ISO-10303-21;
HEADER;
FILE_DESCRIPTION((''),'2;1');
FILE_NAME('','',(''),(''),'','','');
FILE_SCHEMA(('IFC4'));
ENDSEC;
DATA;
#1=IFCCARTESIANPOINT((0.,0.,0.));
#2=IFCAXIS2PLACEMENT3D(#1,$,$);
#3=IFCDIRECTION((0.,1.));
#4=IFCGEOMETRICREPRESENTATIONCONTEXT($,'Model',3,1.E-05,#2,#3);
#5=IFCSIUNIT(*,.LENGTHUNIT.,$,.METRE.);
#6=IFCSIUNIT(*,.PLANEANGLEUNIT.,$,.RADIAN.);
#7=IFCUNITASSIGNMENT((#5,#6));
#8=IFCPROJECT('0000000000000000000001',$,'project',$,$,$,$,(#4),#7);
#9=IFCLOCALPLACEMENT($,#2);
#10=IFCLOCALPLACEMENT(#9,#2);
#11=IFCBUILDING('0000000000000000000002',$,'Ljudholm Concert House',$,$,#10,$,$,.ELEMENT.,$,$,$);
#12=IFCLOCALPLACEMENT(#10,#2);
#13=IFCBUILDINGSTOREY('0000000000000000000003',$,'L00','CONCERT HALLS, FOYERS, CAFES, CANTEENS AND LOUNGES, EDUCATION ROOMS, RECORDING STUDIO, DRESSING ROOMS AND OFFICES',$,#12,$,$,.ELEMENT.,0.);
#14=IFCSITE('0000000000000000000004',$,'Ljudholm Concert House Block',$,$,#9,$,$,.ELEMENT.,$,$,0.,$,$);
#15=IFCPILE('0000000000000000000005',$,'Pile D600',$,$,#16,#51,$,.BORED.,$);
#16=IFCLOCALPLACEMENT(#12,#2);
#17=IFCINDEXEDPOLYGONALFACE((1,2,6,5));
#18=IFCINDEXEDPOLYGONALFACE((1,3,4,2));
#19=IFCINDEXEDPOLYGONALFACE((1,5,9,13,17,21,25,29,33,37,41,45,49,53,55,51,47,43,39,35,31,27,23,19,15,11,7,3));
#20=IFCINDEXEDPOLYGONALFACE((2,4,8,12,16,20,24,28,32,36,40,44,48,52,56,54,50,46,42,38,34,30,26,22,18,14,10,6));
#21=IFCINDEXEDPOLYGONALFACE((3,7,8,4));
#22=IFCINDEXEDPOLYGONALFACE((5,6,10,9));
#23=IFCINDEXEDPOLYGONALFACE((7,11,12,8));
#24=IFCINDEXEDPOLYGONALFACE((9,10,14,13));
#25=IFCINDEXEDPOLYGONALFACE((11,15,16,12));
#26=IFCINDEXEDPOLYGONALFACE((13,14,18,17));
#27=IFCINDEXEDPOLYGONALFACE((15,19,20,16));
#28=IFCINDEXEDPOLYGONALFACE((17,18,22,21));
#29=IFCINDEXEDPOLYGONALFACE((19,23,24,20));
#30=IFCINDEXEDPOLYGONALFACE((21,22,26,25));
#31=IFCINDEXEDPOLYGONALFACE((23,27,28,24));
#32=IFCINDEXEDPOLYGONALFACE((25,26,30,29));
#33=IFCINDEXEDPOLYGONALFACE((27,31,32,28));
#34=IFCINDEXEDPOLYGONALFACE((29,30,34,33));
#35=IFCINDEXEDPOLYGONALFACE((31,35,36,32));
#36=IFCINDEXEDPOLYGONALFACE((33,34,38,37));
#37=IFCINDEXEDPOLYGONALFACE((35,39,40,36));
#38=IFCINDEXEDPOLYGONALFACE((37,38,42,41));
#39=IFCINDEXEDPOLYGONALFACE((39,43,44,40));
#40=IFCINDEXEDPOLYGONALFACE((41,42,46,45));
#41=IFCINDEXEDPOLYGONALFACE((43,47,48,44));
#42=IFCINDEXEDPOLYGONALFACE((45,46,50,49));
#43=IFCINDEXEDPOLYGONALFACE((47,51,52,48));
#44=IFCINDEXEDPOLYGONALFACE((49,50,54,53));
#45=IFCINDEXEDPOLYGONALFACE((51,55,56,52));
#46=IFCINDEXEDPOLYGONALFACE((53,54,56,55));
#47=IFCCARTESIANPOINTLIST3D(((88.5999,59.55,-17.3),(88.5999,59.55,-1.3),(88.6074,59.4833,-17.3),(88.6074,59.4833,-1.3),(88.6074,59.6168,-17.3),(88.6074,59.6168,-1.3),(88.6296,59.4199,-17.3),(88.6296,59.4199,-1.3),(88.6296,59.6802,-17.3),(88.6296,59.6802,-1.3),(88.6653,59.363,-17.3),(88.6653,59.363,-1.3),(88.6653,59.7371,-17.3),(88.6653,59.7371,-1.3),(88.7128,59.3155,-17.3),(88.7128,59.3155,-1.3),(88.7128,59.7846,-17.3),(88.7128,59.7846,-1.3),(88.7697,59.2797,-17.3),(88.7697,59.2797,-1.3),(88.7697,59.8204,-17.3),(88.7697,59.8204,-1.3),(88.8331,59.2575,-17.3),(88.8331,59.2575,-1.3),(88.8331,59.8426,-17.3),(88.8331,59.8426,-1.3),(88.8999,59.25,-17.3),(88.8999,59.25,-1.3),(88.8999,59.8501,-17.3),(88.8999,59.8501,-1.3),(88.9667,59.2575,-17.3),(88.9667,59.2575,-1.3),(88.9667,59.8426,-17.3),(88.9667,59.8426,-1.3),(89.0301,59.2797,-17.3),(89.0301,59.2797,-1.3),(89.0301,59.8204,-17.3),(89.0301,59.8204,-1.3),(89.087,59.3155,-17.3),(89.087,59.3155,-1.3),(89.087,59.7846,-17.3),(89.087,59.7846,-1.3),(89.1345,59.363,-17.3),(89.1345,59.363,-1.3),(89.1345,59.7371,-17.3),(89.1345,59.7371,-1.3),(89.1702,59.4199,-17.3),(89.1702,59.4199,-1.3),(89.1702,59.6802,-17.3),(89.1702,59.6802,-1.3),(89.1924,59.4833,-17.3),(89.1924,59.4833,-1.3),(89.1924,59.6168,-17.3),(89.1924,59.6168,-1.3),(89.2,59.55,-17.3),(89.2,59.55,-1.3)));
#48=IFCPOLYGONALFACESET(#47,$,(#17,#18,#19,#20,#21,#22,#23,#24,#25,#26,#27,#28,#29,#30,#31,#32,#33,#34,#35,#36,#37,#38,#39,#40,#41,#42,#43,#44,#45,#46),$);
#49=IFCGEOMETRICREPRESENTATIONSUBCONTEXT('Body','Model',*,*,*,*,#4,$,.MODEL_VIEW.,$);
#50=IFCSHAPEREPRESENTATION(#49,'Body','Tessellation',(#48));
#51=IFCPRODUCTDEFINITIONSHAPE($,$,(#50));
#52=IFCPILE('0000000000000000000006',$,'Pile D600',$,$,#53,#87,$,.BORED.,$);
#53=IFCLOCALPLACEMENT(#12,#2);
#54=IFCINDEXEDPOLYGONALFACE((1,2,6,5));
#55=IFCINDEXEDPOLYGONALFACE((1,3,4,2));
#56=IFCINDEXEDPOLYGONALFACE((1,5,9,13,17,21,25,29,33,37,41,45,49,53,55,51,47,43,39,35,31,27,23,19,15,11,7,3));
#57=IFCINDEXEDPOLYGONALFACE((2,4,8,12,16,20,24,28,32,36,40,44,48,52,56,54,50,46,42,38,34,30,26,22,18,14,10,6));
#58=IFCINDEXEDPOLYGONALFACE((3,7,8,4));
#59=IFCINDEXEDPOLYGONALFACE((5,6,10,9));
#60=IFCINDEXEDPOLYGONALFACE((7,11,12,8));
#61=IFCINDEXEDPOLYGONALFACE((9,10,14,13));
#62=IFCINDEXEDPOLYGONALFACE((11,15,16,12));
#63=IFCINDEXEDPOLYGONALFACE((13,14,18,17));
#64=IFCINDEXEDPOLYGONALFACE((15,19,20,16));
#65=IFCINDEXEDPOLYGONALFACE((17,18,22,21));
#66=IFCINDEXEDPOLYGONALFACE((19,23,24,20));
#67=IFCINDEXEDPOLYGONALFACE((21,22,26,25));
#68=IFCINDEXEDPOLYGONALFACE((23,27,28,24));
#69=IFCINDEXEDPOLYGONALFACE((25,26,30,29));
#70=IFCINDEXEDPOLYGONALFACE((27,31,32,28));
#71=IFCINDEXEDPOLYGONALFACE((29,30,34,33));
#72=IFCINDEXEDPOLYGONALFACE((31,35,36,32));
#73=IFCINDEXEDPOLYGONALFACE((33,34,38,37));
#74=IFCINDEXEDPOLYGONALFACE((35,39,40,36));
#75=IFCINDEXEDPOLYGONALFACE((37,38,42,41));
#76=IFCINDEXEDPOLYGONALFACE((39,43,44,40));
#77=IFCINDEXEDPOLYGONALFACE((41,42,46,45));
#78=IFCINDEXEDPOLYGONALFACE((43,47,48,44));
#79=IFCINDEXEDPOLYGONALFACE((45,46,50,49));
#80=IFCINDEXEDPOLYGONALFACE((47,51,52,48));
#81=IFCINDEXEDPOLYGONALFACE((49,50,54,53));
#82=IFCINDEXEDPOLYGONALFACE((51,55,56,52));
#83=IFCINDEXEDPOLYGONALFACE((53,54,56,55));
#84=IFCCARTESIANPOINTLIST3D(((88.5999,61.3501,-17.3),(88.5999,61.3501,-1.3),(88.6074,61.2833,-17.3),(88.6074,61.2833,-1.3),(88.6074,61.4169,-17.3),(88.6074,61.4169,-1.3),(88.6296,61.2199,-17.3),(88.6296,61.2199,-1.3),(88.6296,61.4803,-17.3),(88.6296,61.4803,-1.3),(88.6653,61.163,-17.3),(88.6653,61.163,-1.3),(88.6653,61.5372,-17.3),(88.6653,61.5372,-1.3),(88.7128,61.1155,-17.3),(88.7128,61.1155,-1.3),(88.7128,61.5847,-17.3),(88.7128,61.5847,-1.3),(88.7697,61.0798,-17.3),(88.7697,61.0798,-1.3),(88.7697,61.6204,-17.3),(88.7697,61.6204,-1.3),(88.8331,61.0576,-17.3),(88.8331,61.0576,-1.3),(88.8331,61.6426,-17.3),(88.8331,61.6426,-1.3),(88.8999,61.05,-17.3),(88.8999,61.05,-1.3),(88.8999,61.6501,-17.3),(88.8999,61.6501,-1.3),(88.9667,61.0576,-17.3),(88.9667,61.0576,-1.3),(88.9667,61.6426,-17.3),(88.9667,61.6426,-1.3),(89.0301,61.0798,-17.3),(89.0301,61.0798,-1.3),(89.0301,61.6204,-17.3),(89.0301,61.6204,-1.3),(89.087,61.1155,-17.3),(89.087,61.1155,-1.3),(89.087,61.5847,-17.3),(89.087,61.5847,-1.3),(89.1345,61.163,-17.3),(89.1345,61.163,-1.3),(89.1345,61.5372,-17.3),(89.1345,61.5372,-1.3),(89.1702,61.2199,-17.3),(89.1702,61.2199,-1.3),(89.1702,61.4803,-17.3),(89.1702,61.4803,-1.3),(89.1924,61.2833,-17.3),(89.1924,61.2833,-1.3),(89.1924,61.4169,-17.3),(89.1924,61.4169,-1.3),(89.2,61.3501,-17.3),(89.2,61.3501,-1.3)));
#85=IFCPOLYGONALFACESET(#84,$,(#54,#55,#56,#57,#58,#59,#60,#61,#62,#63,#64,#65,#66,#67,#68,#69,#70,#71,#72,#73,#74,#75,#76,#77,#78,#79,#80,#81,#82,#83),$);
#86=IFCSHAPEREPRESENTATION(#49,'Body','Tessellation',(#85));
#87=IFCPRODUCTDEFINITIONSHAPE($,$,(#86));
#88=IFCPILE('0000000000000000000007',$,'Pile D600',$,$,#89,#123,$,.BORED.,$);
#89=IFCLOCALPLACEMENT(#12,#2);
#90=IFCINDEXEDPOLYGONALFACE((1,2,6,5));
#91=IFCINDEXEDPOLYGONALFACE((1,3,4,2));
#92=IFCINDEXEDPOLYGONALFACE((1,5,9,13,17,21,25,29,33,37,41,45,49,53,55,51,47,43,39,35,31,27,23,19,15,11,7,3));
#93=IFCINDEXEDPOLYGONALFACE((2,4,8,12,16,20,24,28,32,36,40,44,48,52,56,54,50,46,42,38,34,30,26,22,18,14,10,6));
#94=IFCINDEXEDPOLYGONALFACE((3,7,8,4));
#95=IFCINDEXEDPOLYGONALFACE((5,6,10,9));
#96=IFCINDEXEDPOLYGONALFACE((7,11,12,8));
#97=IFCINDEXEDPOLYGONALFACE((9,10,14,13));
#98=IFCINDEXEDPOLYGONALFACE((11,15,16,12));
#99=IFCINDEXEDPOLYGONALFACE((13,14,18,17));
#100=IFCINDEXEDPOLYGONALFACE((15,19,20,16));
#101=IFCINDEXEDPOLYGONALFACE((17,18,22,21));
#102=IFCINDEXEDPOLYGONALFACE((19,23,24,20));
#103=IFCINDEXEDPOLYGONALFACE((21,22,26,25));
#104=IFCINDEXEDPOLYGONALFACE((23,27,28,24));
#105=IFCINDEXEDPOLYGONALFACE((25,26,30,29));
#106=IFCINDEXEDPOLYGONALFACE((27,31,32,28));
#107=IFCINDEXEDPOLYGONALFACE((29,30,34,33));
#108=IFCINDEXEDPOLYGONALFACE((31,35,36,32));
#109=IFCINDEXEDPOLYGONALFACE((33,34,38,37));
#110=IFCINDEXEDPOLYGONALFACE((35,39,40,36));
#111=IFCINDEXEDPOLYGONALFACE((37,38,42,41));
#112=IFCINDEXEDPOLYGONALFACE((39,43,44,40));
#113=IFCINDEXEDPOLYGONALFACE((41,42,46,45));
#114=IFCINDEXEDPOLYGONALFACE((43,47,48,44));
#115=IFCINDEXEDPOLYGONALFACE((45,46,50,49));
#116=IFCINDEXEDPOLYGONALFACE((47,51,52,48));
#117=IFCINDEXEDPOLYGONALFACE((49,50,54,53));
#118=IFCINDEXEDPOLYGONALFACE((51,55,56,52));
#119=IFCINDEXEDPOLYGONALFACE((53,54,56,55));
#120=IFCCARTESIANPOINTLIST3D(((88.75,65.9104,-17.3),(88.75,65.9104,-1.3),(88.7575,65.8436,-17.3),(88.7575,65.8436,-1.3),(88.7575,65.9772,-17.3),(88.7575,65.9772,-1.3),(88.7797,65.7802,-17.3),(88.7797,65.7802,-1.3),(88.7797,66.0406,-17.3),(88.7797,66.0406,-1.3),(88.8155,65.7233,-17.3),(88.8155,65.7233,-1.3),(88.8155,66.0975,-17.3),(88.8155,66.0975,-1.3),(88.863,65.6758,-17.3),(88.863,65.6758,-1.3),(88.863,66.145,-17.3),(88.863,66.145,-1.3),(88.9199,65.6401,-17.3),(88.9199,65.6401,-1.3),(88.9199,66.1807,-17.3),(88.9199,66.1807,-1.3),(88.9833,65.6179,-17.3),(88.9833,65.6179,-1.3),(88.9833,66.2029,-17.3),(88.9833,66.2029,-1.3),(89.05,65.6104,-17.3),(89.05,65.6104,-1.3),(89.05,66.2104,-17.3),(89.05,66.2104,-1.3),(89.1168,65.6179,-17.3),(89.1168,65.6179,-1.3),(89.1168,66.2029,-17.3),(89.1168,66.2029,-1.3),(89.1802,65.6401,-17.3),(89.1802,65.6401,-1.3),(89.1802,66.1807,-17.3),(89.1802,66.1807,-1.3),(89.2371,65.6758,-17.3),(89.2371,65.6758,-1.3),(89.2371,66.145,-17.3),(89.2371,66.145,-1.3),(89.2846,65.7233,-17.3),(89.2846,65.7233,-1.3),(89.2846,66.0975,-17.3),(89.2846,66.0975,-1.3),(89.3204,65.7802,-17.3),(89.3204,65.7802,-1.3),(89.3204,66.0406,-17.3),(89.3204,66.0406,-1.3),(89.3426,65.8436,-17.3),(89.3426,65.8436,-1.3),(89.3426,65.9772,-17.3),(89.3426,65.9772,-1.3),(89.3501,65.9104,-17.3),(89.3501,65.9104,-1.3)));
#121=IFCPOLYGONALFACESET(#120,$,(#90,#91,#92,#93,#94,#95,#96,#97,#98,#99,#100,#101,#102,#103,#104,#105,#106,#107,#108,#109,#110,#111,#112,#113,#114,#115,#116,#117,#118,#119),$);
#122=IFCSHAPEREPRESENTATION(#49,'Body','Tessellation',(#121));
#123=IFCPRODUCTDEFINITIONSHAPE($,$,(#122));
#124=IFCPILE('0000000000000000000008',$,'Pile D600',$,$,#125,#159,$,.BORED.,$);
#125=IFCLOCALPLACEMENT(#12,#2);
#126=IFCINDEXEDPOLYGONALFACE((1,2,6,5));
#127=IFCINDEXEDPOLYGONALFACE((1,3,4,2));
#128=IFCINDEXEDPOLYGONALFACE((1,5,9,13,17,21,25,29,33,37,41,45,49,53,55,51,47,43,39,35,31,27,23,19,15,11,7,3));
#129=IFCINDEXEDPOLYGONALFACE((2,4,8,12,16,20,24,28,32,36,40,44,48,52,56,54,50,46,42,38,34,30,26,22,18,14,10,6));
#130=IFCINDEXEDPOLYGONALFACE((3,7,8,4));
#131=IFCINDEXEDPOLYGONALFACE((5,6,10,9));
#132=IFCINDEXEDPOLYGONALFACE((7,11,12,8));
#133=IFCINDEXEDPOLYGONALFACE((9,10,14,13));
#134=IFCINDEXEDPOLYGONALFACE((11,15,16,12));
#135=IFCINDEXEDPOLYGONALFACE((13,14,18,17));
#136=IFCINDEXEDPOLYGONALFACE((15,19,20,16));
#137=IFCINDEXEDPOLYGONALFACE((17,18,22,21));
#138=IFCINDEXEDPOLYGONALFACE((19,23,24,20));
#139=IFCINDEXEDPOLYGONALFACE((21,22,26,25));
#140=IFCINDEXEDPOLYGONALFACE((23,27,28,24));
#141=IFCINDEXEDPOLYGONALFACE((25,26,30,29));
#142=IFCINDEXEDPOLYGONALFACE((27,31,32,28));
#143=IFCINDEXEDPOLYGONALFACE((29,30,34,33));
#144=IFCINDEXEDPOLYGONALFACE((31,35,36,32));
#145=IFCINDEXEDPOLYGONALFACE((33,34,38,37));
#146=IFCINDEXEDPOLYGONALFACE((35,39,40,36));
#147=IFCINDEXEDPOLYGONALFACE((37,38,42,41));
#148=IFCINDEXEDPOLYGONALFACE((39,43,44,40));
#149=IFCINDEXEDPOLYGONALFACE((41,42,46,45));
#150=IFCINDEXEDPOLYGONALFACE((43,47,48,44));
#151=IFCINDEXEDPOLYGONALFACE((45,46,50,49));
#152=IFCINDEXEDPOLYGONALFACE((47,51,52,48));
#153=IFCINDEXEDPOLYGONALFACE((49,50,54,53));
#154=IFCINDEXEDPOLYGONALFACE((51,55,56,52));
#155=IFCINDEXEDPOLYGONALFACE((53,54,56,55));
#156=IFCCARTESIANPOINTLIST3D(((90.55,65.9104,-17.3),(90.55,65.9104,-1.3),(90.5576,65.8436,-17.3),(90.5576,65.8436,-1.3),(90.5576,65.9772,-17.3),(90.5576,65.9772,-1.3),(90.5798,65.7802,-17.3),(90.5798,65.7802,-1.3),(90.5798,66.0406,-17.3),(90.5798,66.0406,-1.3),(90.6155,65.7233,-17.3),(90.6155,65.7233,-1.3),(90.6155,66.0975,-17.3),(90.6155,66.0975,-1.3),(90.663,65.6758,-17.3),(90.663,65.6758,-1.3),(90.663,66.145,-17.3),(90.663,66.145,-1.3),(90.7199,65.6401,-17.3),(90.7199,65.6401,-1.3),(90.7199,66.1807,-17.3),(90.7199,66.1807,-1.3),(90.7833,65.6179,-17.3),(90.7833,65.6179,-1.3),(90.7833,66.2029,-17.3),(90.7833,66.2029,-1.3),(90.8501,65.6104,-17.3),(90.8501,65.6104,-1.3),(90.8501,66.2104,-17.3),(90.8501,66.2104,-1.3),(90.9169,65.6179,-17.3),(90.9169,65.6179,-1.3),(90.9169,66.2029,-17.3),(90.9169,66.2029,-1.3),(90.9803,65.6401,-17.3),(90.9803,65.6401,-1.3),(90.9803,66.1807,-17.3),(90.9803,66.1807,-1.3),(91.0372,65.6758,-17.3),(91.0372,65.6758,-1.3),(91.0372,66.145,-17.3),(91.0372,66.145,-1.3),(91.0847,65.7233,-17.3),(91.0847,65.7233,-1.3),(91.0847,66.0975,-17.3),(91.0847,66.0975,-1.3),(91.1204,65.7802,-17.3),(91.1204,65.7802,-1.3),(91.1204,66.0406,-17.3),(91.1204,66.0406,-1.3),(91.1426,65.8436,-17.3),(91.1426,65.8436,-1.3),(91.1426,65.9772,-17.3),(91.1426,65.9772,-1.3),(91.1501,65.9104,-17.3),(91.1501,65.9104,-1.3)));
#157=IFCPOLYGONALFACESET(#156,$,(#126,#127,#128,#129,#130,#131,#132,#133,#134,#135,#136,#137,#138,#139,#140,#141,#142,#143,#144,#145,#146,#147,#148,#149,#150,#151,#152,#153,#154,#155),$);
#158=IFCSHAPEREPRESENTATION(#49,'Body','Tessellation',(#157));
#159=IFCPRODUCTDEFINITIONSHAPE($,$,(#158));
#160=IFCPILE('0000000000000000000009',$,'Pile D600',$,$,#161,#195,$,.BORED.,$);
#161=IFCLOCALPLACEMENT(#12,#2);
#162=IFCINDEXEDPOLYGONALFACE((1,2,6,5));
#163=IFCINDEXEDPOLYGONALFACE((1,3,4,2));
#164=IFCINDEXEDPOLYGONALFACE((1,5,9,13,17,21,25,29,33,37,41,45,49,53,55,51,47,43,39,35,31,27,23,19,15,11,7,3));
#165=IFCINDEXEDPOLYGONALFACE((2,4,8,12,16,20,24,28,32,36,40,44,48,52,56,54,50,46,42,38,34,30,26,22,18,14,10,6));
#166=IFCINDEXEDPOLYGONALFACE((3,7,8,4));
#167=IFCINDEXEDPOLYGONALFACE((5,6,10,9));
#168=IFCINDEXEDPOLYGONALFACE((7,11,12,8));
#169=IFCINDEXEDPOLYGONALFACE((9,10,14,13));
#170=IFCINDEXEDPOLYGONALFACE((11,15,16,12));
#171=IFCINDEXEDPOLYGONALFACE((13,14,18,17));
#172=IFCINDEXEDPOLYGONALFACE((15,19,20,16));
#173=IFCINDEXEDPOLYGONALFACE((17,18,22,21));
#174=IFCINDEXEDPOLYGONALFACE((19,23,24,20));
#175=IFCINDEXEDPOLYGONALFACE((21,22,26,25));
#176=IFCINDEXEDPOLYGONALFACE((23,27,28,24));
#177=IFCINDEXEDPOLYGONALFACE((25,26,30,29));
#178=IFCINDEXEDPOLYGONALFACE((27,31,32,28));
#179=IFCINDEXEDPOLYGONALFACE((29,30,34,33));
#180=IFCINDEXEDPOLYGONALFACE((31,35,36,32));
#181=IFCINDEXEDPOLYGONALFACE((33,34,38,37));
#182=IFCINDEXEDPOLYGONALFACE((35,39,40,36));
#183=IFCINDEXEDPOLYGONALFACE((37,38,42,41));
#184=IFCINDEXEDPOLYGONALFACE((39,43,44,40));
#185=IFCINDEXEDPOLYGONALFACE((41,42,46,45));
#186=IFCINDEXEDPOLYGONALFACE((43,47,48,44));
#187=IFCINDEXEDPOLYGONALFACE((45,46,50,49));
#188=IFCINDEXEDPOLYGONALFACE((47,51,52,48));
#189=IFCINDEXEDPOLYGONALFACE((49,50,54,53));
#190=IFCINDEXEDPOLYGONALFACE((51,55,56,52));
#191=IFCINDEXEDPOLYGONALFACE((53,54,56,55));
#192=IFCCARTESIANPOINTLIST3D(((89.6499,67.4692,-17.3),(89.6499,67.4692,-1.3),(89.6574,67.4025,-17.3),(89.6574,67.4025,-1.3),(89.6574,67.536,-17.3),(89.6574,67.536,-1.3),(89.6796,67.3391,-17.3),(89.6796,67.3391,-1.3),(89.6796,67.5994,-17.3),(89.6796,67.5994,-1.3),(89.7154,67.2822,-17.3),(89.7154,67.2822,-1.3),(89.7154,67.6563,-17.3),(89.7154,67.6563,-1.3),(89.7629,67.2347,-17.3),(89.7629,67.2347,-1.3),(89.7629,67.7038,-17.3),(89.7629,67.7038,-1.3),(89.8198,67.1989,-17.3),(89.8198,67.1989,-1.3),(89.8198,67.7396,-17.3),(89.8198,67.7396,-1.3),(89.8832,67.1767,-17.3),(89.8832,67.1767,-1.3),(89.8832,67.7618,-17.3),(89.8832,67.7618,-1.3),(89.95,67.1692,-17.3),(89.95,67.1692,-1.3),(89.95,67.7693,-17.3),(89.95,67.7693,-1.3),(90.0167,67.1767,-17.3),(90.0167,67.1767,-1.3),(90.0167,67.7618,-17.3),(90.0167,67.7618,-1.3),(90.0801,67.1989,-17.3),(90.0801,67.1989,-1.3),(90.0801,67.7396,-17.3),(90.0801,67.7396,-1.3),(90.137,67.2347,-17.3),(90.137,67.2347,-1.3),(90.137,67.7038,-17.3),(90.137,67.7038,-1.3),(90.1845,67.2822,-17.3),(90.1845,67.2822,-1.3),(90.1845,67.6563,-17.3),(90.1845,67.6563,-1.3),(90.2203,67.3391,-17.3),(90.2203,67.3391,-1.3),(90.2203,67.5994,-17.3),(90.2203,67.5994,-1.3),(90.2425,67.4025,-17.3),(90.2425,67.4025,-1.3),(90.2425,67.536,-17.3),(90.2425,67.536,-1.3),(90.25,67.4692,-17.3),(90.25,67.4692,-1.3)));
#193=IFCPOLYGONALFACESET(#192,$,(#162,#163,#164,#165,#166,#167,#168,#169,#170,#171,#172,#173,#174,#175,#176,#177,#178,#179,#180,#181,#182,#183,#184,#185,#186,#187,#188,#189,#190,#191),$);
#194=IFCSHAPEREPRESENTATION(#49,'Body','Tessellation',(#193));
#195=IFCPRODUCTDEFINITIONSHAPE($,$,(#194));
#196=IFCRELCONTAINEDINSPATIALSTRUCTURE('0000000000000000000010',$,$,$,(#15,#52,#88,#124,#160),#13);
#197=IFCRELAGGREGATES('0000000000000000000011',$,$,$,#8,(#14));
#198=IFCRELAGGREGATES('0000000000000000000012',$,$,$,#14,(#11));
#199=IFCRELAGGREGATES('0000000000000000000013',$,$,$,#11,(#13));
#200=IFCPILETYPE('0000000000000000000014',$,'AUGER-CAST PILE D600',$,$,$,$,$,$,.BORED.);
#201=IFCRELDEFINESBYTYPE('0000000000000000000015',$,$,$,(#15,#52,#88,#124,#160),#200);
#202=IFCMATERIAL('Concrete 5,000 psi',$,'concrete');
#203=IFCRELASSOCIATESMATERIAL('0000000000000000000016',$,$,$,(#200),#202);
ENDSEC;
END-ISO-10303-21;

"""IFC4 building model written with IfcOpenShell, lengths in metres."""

from ifc_helpers import new_model, si_unit, direction, frame, origin, origin_2d, place, context, subcontext, project, spatial, circle, extrude, material, material_profile, profile_set, type_object, element, save


model = new_model("IFC4")

# Units and contexts
model_context = context("Model", 3, precision=1e-05, world=origin(), true_north=direction((0.0, 1.0)))
body_context = subcontext(model_context, "Body", "Model", "MODEL_VIEW")
ifc_project = project(units=[si_unit("LENGTHUNIT", "METRE"), si_unit("PLANEANGLEUNIT", "RADIAN")], contexts=[model_context])

# Site, building, storey
site_placement = place(None, origin())
site = spatial("IfcSite", under=ifc_project, at=site_placement, Name="Ljudholm Concert House Block", CompositionType="ELEMENT", RefElevation=0.0)
building_placement = place(site_placement, origin())
building = spatial("IfcBuilding", under=site, at=building_placement, Name="Ljudholm Concert House", CompositionType="ELEMENT")
storey_placement = place(building_placement, origin())
storey = spatial("IfcBuildingStorey", under=building, at=storey_placement, Name="L00", Description="CONCERT HALLS, FOYERS, CAFES, CANTEENS AND LOUNGES, EDUCATION ROOMS, RECORDING STUDIO, DRESSING ROOMS AND OFFICES", CompositionType="ELEMENT", Elevation=0.0)

# Piles
ifc_material_1 = material(Name="Concrete 5,000 psi", Category="concrete")
ifc_material_profile_1 = material_profile(ifc_material_1, circle(Radius=0.3, at=origin_2d()), Name="AUGER-CAST PILE D600")
ifc_profile_set_1 = profile_set([ifc_material_profile_1], Name="Concrete 5,000 psi")
pile_type = type_object("IfcPileType", Name="AUGER-CAST PILE D600", PredefinedType="BORED", material=ifc_profile_set_1)
for number, where, z_axis, x_axis, name in (
    (1, (88.8999, 59.55, -1.3), (0.0, 0.0, -1.0), (1.0, 0.0, 0.0), "Pile D600"),
    (2, (88.8999, 61.3501, -1.3), (0.0, 0.0, -1.0), (1.0, 0.0, 0.0), "Pile D600"),
    (3, (89.05, 65.9104, -1.3), (0.0, 0.0, -1.0), (1.0, 0.0, 0.0), "Pile D600"),
    (4, (90.8501, 65.9104, -1.3), (0.0, 0.0, -1.0), (1.0, 0.0, 0.0), "Pile D600"),
    (5, (89.95, 67.4692, -1.3), (0.0, 0.0, -1.0), (1.0, 0.0, 0.0), "Pile D600"),
):
    element("IfcPile", number, at=place(storey_placement, frame(where, z_axis=z_axis, x_axis=x_axis)), inside=storey, type_object=pile_type, Name=name, PredefinedType="BORED", context=body_context, shape_type="SweptSolid", body=[
        extrude(circle(Radius=0.3, at=origin_2d()), origin(), (0.0, 0.0, 1.0), 16.0),
    ])

save(model, "model.ifc")
